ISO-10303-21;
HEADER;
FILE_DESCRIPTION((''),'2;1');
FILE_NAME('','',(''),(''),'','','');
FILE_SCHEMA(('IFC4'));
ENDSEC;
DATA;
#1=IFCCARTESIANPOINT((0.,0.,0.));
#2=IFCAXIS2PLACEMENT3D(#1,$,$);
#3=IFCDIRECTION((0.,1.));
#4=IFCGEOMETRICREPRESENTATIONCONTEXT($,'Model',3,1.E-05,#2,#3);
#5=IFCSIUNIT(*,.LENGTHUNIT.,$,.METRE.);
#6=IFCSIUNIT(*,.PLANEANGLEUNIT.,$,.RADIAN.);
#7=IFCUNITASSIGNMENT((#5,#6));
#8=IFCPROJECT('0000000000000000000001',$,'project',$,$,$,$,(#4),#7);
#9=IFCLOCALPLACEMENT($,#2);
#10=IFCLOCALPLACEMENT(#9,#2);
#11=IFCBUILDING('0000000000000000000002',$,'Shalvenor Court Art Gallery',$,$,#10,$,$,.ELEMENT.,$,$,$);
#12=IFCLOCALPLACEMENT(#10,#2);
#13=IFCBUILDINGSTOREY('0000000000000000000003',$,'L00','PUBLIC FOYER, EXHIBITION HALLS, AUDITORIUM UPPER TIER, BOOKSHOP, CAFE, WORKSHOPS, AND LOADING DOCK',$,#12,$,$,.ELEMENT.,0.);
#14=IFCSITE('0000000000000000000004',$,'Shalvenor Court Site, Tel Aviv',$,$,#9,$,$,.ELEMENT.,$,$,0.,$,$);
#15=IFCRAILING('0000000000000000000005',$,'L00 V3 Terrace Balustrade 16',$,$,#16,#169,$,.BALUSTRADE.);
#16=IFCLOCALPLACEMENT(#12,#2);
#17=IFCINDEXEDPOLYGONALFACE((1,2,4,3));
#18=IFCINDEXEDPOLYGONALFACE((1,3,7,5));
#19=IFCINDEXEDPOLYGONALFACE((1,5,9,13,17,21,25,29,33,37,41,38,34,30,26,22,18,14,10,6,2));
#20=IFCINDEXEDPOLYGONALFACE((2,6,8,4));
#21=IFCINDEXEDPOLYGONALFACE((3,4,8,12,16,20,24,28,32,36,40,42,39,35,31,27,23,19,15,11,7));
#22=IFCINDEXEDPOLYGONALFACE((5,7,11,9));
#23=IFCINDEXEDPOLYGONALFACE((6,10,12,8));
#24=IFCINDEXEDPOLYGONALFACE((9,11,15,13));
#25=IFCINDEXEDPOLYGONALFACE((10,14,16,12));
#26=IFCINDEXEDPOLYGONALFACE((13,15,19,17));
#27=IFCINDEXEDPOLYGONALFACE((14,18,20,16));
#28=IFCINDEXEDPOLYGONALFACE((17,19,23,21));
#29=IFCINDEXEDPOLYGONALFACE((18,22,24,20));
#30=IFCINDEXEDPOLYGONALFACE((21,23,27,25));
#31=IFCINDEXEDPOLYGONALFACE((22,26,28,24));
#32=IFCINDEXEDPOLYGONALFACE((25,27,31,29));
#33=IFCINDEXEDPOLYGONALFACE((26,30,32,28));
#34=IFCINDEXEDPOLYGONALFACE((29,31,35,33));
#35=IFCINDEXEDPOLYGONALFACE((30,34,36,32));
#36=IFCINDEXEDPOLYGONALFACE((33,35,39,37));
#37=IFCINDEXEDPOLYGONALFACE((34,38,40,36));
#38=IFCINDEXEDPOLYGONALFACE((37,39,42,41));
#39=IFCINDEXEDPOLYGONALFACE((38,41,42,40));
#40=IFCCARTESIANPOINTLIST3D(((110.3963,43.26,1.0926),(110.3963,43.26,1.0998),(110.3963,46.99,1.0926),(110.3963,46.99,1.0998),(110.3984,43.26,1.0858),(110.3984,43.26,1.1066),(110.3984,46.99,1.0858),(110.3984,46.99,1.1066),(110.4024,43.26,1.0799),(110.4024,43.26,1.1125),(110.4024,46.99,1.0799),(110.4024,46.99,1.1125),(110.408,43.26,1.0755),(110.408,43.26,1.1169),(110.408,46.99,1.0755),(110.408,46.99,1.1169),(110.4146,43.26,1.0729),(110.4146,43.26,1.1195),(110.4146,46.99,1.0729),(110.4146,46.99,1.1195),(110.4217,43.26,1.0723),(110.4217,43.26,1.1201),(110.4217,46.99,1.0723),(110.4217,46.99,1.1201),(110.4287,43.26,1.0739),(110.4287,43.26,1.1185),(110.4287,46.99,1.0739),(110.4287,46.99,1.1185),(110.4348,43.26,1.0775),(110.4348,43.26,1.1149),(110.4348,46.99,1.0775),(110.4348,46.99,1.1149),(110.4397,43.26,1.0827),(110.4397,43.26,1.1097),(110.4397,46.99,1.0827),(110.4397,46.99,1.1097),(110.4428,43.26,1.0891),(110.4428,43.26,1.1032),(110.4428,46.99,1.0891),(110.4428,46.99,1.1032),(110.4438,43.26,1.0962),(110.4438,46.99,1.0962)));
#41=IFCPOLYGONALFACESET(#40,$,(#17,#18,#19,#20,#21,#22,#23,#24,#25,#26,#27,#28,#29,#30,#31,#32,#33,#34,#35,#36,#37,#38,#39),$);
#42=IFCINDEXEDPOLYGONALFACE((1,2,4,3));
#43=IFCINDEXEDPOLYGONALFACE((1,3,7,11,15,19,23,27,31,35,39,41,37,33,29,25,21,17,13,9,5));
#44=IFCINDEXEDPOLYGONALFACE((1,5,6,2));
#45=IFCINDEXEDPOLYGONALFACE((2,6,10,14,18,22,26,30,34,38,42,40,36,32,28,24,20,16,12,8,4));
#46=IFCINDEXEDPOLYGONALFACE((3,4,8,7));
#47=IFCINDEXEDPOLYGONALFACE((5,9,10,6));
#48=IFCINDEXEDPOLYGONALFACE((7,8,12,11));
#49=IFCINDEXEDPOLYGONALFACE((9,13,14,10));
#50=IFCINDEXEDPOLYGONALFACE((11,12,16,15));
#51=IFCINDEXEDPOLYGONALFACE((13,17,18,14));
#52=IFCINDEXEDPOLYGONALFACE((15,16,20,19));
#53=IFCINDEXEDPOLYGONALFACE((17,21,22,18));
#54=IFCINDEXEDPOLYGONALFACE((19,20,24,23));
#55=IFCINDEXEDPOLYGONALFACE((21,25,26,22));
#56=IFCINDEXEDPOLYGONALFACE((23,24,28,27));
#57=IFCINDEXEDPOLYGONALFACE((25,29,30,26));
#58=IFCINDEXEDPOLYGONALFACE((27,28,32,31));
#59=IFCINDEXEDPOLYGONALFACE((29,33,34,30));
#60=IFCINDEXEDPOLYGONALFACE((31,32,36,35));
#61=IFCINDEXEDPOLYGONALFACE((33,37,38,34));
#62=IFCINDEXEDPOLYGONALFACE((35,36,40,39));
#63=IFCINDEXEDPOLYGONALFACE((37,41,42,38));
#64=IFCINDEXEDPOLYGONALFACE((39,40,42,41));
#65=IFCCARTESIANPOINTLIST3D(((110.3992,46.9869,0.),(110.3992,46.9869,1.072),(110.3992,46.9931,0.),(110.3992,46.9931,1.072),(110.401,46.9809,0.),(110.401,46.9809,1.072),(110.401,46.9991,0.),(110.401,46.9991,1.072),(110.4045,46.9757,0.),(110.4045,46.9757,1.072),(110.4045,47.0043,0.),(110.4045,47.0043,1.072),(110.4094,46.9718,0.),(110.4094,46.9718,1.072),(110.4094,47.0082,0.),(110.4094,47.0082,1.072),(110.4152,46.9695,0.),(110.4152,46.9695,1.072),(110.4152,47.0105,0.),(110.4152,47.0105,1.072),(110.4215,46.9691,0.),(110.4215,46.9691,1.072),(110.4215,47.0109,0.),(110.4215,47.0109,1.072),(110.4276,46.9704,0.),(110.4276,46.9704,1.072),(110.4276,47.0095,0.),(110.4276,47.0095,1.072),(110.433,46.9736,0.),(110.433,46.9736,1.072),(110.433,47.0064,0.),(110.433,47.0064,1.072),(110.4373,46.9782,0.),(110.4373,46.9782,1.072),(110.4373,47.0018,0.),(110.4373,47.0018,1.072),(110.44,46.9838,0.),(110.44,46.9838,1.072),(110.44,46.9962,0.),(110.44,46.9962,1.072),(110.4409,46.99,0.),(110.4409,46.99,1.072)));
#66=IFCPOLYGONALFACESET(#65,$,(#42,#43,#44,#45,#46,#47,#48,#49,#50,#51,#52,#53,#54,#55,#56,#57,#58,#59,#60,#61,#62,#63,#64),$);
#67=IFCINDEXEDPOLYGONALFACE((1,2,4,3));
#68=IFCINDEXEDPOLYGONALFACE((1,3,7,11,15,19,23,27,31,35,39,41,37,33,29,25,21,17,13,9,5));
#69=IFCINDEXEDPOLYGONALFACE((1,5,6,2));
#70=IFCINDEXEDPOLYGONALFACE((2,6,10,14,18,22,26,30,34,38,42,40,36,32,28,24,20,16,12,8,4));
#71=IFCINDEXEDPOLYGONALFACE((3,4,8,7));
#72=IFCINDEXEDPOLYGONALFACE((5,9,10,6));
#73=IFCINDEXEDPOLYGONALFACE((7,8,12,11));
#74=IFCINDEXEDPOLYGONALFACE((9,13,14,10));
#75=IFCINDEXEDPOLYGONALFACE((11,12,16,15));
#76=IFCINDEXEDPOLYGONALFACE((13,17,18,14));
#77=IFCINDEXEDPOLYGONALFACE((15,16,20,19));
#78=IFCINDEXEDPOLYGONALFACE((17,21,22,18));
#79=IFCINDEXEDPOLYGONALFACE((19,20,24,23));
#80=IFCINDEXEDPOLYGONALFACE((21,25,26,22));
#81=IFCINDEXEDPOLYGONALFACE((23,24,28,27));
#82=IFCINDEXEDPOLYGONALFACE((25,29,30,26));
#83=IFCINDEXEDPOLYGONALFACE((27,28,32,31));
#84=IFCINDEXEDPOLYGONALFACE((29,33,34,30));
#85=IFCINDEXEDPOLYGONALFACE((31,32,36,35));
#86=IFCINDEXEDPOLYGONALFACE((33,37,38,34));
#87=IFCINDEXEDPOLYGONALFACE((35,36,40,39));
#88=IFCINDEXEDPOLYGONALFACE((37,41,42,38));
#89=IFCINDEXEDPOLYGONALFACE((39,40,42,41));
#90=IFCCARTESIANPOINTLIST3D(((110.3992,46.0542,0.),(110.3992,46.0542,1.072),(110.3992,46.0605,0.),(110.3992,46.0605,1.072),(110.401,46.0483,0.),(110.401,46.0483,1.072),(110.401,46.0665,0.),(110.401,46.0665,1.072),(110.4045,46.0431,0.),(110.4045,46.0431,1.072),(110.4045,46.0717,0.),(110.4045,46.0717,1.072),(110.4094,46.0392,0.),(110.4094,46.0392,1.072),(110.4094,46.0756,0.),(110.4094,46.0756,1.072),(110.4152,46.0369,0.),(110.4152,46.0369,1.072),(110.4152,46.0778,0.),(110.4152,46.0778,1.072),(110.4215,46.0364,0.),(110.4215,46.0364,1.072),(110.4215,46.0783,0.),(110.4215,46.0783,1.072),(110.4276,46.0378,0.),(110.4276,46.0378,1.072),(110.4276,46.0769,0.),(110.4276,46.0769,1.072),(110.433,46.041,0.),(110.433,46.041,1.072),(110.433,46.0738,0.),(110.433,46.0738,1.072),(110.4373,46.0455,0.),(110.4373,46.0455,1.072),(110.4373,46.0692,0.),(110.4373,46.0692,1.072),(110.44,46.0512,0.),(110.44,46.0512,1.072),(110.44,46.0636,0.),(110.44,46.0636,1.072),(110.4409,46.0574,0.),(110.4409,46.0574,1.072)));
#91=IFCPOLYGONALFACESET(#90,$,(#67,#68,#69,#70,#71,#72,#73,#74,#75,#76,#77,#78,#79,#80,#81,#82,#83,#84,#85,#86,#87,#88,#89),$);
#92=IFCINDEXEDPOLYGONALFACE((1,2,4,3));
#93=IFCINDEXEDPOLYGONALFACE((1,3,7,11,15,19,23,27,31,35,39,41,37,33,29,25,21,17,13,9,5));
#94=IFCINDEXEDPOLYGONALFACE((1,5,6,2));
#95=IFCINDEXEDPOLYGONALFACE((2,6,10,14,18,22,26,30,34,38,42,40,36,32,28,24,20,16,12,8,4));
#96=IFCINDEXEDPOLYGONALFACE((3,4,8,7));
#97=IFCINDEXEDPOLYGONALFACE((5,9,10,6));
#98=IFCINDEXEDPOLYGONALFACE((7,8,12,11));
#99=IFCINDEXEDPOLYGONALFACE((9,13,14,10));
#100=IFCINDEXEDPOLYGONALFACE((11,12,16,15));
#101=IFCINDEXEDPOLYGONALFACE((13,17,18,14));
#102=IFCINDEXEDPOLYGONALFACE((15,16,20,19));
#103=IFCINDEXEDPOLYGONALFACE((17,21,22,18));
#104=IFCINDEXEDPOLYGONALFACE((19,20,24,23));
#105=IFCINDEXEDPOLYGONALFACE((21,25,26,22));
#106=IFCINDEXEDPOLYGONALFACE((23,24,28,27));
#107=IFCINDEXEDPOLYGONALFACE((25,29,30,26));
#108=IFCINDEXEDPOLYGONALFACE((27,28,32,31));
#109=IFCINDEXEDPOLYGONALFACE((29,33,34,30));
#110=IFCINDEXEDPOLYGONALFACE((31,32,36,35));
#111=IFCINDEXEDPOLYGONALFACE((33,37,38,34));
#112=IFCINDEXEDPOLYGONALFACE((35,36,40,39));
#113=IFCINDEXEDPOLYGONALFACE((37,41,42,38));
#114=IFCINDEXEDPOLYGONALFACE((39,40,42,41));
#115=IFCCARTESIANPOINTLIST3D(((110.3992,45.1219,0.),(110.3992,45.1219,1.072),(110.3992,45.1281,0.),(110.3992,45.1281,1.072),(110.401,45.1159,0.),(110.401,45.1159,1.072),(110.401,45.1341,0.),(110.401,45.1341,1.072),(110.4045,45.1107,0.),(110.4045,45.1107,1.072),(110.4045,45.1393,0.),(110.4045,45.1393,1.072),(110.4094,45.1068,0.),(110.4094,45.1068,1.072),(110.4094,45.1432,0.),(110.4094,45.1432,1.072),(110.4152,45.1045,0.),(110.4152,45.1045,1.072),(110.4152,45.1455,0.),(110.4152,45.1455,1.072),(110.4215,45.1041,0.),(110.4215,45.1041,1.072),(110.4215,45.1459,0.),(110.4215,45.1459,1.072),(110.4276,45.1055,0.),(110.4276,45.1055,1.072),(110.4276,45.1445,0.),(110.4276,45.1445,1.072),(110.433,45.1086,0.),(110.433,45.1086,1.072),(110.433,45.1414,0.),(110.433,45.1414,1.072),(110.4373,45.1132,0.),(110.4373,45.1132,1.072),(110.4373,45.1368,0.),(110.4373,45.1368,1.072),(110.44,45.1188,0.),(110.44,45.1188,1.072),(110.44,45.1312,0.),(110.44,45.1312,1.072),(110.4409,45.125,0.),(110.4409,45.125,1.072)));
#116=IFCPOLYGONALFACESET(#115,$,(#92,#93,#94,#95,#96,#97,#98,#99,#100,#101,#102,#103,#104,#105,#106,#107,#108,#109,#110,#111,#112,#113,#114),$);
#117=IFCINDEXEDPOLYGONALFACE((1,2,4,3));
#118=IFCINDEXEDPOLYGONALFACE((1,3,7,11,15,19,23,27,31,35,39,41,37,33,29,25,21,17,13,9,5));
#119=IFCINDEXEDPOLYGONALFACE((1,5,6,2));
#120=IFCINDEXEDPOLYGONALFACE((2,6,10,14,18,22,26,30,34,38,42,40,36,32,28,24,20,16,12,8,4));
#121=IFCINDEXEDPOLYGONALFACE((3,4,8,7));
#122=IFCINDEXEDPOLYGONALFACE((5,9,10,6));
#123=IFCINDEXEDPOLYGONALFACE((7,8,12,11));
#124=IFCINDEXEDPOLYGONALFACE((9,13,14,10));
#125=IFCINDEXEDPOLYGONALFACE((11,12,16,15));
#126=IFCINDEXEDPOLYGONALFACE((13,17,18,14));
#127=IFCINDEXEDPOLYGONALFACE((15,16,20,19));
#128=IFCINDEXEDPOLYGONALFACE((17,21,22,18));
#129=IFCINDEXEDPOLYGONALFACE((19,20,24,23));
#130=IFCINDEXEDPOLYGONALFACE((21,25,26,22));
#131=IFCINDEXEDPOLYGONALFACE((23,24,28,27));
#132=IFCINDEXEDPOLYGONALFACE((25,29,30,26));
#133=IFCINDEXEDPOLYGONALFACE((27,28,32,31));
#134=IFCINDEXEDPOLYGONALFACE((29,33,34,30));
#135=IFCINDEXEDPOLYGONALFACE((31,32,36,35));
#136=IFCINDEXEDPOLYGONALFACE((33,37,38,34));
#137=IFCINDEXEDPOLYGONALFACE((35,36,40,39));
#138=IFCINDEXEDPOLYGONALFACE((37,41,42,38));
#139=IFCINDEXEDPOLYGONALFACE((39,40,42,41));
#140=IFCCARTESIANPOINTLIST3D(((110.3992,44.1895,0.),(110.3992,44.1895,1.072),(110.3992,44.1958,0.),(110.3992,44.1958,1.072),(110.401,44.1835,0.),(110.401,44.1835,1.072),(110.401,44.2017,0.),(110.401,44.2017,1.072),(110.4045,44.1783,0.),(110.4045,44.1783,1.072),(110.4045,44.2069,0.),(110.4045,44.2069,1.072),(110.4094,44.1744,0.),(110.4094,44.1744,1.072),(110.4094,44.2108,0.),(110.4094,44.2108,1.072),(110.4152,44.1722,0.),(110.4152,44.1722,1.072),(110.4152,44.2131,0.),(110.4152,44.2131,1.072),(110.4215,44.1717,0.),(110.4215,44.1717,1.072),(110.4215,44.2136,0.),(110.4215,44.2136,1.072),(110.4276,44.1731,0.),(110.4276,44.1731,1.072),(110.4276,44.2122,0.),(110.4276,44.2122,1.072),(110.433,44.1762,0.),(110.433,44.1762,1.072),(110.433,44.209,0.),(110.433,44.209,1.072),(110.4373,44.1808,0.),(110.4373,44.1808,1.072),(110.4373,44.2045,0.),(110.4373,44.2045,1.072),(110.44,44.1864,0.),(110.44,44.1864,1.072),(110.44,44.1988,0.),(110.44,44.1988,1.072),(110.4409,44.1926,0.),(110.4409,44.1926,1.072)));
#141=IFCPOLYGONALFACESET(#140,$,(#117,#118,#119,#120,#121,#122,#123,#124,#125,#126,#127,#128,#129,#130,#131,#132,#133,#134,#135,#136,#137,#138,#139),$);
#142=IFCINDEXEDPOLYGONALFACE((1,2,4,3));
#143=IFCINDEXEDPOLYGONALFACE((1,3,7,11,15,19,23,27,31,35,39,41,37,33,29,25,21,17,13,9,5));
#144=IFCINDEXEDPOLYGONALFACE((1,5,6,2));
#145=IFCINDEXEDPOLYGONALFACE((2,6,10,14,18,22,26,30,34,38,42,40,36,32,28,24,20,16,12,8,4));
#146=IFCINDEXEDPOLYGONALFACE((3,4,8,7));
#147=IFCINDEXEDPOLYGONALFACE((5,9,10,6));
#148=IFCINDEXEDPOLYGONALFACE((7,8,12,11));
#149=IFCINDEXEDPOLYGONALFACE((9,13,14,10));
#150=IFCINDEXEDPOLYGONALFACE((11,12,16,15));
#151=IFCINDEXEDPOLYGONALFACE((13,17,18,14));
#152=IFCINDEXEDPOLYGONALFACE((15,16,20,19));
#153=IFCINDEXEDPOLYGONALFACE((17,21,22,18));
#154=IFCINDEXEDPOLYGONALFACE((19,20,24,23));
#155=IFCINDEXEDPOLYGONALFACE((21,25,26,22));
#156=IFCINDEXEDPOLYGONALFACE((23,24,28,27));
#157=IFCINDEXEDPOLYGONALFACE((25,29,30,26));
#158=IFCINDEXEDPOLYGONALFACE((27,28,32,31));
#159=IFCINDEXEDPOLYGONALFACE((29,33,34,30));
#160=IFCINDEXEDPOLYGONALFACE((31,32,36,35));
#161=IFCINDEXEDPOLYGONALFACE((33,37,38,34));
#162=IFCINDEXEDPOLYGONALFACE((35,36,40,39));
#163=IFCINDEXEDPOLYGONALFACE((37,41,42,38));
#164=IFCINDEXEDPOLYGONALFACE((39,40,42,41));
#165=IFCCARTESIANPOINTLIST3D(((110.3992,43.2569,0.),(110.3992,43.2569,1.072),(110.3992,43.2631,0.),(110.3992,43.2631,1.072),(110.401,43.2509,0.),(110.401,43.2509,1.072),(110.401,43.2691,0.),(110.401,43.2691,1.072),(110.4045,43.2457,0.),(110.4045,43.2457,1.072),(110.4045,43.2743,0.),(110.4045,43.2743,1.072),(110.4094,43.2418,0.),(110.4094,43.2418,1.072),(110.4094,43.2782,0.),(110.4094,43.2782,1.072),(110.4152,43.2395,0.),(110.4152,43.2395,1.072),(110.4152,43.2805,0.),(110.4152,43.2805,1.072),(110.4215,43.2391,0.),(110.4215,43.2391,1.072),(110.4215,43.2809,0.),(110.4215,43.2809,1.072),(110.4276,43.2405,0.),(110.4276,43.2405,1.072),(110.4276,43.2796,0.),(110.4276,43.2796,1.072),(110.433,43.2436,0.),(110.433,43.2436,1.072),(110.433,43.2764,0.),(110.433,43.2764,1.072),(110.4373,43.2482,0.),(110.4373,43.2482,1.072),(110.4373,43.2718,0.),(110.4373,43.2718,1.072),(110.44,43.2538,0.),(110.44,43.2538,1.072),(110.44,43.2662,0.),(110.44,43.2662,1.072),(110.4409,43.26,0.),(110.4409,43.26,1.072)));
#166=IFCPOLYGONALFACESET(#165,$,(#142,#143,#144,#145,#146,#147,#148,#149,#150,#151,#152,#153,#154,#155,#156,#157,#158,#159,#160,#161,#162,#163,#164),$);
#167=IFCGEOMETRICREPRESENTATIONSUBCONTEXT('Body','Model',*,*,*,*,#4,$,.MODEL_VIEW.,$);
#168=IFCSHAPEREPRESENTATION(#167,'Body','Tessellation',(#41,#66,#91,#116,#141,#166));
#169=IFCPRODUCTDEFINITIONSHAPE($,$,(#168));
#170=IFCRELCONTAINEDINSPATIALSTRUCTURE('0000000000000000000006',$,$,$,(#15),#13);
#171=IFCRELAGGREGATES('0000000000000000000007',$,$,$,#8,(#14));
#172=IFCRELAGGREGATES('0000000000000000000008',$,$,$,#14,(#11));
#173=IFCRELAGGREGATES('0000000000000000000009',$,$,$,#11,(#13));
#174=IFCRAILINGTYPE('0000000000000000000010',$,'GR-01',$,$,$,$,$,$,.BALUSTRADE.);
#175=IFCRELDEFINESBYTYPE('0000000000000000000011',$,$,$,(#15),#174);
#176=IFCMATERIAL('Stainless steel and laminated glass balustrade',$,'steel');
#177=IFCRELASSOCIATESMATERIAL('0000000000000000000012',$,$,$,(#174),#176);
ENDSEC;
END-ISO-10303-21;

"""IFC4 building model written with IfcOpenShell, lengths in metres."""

from ifc_helpers import new_model, si_unit, direction, frame, origin, origin_2d, place, context, subcontext, project, spatial, circle, extrude, material, type_object, element, save


model = new_model("IFC4")

# Units and contexts
model_context = context("Model", 3, precision=1e-05, world=origin(), true_north=direction((0.0, 1.0)))
body_context = subcontext(model_context, "Body", "Model", "MODEL_VIEW")
ifc_project = project(units=[si_unit("LENGTHUNIT", "METRE"), si_unit("PLANEANGLEUNIT", "RADIAN")], contexts=[model_context])

# Site, building, storey
site_placement = place(None, origin())
site = spatial("IfcSite", under=ifc_project, at=site_placement, Name="Shalvenor Court Site, Tel Aviv", CompositionType="ELEMENT", RefElevation=0.0)
building_placement = place(site_placement, origin())
building = spatial("IfcBuilding", under=site, at=building_placement, Name="Shalvenor Court Art Gallery", CompositionType="ELEMENT")
storey_placement = place(building_placement, origin())
storey = spatial("IfcBuildingStorey", under=building, at=storey_placement, Name="L00", Description="PUBLIC FOYER, EXHIBITION HALLS, AUDITORIUM UPPER TIER, BOOKSHOP, CAFE, WORKSHOPS, AND LOADING DOCK", CompositionType="ELEMENT", Elevation=0.0)

# Railing
ifc_material_1 = material(Name="Stainless steel and laminated glass balustrade", Category="steel")
railing_type = type_object("IfcRailingType", Name="GR-01", PredefinedType="BALUSTRADE", material=ifc_material_1)
railing_1_placement = place(storey_placement, frame((110.4199, 46.99, 0.0)))
element("IfcRailing", 1, at=railing_1_placement, inside=storey, type_object=railing_type, Name="L00 V3 Terrace Balustrade 16", PredefinedType="BALUSTRADE", context=body_context, shape_type="SweptSolid", body=[
    extrude(circle(Radius=0.0239, at=origin_2d()), frame((0.0, 0.0, 1.0962), z_axis=(0.0, -1.0, 0.0), x_axis=(1.0, 0.0, 0.0)), (0.0, 0.0, 1.0), 3.73),
    extrude(circle(Radius=0.021, at=origin_2d()), origin(), (0.0, 0.0, 1.0), 1.072),
    extrude(circle(Radius=0.021, at=origin_2d()), frame((0.0, -0.9326, 0.0)), (0.0, 0.0, 1.0), 1.072),
    extrude(circle(Radius=0.021, at=origin_2d()), frame((0.0, -1.865, 0.0)), (0.0, 0.0, 1.0), 1.072),
    extrude(circle(Radius=0.021, at=origin_2d()), frame((0.0, -2.7974, 0.0)), (0.0, 0.0, 1.0), 1.072),
    extrude(circle(Radius=0.021, at=origin_2d()), frame((0.0, -3.73, 0.0)), (0.0, 0.0, 1.0), 1.072),
])

save(model, "model.ifc")
